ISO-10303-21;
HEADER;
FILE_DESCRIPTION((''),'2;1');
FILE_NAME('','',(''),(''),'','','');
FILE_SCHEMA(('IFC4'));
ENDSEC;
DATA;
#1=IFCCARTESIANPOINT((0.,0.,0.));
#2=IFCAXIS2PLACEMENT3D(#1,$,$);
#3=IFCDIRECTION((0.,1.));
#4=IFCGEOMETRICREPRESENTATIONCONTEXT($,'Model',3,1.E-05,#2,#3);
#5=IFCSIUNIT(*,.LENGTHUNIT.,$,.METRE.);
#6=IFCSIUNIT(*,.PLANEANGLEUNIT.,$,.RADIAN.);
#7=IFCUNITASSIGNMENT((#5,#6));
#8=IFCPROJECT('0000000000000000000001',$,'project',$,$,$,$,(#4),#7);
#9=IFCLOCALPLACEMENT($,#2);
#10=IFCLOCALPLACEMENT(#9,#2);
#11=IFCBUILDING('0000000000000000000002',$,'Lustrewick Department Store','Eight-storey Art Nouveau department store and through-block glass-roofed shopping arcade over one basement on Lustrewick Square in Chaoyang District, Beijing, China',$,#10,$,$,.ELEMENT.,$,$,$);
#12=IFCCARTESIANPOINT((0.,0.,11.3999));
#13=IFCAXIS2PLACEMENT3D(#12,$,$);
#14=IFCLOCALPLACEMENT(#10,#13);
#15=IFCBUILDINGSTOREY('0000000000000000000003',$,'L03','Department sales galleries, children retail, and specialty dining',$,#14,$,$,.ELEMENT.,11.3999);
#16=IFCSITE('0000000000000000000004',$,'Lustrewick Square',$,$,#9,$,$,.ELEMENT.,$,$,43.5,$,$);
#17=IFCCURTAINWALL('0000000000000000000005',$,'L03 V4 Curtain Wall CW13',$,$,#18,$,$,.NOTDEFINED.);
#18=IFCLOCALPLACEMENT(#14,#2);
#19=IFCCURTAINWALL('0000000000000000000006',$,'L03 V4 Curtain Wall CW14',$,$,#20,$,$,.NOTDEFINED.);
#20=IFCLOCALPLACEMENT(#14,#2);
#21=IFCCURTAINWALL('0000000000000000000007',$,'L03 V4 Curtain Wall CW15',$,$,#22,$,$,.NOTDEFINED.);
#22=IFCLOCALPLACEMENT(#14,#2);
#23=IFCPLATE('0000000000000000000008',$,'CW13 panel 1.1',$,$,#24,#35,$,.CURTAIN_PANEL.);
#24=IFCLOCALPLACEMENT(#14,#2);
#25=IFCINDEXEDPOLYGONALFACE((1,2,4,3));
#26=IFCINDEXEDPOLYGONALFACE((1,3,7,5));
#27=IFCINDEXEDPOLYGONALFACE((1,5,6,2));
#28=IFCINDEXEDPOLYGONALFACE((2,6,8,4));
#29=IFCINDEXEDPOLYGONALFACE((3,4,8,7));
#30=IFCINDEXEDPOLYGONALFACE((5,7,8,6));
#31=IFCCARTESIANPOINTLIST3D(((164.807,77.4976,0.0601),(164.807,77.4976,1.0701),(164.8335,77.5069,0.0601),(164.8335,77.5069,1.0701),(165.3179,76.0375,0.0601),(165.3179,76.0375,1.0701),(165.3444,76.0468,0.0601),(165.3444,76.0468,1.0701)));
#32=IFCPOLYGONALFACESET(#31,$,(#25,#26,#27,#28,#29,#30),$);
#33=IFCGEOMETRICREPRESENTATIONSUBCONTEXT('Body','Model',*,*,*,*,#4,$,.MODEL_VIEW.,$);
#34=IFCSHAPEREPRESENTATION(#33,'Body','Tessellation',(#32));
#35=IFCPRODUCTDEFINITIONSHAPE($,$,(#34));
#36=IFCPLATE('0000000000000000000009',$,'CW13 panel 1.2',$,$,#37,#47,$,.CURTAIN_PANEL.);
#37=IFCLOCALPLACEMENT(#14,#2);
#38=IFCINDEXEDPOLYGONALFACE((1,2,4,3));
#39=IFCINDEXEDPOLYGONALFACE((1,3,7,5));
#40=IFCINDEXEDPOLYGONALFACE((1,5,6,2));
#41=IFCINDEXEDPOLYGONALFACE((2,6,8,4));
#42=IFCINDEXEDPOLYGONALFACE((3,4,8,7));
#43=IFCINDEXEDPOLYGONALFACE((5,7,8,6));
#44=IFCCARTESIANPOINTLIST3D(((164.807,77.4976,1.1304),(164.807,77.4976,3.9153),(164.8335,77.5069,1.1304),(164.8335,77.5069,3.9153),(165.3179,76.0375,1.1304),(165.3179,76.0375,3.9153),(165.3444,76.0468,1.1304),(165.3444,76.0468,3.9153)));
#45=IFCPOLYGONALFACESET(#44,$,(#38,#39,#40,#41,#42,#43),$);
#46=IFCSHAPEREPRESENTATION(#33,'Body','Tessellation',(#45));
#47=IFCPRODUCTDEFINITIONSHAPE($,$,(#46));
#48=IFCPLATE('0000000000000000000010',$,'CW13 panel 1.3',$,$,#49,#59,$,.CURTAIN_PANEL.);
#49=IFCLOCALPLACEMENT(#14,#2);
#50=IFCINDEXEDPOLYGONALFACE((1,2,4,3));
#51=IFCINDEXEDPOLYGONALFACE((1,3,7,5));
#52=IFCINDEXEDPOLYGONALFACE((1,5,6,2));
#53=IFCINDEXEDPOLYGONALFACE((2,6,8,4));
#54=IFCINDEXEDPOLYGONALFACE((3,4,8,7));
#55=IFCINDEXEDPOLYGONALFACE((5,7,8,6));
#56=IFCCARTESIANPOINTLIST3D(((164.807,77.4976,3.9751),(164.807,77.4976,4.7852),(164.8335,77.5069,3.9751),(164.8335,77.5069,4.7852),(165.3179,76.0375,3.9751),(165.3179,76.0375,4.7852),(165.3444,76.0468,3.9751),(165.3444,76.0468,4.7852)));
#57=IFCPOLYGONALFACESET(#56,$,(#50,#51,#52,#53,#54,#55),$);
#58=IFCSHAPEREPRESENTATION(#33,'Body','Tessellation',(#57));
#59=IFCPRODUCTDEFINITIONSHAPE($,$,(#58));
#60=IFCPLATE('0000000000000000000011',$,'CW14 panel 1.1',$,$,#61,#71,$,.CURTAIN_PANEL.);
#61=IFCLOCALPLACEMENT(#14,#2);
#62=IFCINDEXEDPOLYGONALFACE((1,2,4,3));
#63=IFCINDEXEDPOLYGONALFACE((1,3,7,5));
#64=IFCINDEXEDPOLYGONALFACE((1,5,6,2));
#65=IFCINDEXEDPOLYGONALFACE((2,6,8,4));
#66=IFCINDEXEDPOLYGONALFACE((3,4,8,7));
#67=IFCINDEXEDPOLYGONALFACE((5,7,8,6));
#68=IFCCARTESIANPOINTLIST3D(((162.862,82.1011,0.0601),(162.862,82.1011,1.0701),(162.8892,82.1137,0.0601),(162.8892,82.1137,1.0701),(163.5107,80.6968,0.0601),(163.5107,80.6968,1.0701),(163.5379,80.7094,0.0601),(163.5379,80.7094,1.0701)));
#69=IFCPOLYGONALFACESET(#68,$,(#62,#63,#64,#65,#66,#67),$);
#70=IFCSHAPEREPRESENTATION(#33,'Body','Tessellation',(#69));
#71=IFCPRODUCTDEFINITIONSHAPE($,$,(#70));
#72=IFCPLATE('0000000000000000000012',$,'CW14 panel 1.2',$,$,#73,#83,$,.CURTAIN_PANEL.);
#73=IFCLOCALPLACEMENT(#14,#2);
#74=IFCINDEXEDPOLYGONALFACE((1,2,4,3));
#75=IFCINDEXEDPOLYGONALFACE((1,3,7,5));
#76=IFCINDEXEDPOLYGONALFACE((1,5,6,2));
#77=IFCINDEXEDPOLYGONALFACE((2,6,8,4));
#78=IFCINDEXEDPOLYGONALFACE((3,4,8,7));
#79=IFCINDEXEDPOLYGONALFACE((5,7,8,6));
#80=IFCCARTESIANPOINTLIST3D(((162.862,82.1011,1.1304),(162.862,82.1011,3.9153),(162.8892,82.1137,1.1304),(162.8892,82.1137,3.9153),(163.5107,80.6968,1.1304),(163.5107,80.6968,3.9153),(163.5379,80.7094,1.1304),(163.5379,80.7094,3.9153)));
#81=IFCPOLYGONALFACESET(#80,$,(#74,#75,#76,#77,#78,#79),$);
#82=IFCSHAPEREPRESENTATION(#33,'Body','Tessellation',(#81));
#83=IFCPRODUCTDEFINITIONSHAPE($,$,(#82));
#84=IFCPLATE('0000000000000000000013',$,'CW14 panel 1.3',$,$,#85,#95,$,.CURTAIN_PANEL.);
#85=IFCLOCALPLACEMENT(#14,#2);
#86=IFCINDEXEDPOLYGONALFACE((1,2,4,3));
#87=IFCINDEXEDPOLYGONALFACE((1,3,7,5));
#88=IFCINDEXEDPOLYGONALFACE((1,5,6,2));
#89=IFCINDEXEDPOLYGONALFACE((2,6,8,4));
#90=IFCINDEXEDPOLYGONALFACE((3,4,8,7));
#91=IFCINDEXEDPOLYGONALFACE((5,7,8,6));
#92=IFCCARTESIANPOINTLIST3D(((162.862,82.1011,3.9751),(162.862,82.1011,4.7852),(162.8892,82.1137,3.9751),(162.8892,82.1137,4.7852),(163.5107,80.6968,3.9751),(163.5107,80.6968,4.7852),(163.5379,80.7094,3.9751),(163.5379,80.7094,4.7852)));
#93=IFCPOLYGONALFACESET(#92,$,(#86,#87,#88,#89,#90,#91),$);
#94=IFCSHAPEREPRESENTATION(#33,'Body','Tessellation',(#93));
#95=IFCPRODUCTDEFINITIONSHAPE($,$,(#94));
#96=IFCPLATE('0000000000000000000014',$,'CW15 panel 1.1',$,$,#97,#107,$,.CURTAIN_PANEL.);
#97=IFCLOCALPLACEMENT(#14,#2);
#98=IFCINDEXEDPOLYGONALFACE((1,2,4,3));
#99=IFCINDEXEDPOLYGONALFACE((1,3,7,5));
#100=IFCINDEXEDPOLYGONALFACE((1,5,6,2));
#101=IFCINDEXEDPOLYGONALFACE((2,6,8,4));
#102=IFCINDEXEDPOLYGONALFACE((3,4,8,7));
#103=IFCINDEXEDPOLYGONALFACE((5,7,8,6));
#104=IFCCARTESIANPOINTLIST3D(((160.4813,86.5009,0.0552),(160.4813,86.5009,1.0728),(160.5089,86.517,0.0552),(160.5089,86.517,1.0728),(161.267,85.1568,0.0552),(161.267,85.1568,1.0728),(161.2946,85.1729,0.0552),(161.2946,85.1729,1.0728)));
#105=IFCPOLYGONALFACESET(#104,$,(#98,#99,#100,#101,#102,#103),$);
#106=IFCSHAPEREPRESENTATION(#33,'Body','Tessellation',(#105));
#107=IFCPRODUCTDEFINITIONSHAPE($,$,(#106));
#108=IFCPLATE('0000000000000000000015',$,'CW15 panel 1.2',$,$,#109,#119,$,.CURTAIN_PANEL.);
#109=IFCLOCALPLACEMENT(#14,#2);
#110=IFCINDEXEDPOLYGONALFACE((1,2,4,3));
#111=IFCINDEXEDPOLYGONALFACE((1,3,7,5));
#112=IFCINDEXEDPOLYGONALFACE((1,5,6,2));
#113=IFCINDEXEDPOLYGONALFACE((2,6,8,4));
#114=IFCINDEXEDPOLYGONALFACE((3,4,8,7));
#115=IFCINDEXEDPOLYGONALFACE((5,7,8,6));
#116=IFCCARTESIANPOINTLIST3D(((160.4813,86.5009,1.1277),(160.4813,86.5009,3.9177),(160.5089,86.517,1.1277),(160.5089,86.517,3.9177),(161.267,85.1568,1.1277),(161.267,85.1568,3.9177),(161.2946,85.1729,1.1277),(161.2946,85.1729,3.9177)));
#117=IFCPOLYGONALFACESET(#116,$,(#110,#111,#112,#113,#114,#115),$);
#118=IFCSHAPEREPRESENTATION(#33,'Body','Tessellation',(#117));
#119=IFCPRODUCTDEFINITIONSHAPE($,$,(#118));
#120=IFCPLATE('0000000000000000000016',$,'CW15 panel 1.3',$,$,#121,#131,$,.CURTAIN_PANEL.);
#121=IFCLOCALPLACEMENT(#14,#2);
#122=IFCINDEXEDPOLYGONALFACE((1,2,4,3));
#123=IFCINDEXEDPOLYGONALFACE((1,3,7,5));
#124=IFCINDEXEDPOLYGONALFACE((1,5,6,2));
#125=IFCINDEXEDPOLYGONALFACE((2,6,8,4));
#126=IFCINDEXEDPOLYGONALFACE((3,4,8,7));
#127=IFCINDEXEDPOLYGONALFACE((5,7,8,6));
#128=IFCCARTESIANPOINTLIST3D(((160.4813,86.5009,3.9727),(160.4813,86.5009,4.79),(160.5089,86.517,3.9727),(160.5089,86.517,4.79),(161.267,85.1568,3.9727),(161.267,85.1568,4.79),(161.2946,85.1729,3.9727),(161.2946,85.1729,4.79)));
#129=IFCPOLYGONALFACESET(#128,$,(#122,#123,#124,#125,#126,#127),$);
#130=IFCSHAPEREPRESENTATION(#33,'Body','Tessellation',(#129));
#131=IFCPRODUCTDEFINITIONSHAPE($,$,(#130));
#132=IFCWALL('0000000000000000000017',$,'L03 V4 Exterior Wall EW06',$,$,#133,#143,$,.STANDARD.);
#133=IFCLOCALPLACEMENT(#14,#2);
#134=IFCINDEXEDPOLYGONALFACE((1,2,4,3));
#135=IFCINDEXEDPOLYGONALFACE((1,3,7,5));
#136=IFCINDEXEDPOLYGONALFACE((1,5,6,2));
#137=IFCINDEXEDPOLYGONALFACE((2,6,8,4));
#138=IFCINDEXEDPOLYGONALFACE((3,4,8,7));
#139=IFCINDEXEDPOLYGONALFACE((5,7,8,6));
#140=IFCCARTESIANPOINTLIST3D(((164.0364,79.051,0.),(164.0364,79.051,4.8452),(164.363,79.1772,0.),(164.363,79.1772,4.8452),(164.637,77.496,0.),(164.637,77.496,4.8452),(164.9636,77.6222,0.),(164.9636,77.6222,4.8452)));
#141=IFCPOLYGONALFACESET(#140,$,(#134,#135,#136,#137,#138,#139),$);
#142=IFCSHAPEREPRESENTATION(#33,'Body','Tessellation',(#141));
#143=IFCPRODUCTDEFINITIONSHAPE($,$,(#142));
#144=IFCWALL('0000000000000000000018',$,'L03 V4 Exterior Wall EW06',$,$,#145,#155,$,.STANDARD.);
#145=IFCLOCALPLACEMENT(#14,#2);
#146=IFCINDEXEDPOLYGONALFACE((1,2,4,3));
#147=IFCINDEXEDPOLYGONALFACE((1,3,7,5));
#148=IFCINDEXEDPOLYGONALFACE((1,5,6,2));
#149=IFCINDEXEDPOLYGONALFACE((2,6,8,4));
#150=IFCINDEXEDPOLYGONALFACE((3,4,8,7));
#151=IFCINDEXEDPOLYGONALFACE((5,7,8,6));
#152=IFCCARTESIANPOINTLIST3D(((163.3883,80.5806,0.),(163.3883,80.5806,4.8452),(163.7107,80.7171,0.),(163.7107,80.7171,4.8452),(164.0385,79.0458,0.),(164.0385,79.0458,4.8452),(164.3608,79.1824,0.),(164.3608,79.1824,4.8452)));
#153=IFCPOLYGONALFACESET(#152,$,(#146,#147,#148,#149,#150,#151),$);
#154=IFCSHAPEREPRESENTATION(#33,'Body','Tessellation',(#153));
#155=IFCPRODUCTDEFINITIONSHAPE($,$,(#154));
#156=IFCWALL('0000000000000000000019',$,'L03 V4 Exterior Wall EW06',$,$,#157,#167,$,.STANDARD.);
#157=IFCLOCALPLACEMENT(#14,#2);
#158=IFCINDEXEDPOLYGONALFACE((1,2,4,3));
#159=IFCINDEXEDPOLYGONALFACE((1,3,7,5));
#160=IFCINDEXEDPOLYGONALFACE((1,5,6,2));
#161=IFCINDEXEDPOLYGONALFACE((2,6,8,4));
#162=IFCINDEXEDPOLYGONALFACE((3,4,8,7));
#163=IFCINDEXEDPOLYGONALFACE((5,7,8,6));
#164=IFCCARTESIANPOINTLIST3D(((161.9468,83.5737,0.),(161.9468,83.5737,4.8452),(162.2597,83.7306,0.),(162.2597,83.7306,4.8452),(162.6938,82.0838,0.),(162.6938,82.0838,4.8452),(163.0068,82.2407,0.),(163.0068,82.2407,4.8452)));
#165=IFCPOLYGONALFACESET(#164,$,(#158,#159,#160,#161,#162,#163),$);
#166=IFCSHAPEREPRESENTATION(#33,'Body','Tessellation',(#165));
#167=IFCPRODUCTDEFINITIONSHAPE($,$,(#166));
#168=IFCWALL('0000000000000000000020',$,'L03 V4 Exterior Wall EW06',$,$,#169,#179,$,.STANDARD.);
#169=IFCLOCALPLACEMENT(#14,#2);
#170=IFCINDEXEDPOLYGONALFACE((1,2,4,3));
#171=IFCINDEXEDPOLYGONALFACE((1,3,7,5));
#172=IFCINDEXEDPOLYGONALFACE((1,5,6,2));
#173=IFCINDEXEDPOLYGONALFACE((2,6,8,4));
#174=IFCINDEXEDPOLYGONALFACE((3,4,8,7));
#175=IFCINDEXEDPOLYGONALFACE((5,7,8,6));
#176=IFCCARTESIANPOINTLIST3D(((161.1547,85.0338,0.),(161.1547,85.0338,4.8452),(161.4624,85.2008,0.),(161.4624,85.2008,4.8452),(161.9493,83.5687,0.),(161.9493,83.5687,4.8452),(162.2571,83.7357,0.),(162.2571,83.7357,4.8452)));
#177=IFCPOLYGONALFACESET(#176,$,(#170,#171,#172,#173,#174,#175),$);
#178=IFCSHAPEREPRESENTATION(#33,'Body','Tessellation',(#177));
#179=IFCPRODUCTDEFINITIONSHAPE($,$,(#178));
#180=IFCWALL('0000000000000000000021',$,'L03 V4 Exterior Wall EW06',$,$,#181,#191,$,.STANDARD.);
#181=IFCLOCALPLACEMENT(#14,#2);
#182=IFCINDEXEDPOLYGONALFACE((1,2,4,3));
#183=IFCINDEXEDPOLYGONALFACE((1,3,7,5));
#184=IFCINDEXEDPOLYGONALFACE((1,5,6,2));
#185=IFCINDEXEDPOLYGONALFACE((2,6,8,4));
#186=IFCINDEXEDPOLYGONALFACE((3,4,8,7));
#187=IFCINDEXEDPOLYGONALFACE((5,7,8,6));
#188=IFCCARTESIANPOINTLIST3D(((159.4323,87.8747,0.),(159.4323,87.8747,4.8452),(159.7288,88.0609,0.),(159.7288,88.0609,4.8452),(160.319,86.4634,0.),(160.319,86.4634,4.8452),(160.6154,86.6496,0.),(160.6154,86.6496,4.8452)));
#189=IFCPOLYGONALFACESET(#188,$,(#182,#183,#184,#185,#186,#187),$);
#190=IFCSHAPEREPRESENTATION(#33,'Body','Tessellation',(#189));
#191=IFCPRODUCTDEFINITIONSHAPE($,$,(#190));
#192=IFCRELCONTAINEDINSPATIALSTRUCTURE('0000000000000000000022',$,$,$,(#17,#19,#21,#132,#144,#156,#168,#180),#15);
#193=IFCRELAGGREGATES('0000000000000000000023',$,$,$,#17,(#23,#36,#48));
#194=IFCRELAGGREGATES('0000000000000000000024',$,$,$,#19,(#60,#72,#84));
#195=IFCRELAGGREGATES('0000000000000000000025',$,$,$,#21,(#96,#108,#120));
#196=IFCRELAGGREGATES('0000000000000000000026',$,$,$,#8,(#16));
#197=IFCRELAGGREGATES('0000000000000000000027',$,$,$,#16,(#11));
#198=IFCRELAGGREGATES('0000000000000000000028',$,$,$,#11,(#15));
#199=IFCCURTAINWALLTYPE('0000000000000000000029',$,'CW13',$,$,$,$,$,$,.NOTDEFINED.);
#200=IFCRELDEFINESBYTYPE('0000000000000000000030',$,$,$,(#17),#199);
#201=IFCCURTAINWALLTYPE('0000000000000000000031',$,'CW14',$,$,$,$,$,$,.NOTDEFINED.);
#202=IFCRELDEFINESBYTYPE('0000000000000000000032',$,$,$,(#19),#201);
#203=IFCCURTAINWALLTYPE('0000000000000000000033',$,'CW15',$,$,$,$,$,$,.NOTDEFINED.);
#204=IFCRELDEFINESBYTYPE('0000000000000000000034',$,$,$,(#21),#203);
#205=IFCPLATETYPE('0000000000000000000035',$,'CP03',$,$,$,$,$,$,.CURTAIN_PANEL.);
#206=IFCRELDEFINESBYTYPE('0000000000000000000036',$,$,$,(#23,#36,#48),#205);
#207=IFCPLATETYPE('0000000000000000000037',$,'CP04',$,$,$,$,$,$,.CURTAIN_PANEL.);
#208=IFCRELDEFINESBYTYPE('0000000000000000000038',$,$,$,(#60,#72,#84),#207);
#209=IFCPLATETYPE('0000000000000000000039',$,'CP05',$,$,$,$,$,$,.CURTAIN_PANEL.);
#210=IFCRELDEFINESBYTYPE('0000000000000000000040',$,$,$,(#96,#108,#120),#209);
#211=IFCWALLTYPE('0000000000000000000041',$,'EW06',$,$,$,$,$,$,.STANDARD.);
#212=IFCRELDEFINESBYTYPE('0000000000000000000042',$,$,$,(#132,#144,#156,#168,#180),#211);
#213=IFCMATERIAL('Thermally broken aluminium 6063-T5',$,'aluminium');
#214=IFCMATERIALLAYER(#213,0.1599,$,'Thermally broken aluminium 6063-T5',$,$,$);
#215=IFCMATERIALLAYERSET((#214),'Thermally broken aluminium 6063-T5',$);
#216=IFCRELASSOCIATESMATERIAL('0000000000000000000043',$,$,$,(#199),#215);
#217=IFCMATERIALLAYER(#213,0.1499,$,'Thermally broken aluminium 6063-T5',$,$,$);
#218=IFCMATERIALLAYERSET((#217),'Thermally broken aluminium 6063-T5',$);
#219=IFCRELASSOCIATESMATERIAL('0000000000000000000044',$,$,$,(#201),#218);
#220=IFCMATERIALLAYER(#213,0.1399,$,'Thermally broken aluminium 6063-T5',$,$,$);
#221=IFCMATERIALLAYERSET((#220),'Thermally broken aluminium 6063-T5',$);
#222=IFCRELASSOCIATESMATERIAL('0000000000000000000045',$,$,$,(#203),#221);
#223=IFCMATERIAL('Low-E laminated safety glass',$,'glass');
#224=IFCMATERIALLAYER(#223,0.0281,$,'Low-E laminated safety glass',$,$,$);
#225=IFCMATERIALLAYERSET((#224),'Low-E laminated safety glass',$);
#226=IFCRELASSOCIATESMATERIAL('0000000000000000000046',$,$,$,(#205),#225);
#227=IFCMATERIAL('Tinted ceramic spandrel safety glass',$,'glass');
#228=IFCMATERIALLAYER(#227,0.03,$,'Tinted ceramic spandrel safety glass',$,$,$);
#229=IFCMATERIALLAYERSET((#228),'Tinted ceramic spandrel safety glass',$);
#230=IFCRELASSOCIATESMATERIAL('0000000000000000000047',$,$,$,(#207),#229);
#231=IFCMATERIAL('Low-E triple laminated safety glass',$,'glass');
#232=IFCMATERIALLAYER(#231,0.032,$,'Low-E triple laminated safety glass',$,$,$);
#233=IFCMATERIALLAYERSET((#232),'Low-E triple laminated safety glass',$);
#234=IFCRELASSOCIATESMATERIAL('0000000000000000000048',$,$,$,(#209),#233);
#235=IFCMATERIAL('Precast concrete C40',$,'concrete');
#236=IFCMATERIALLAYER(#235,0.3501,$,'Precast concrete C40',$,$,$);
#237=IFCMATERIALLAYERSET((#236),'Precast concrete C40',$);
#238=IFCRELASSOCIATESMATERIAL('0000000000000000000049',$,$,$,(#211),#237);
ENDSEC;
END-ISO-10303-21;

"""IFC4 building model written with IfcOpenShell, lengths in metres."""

from ifc_helpers import new_model, si_unit, direction, frame, frame_2d, origin, origin_2d, place, context, subcontext, project, spatial, rectangle, extrude, material, layer, layer_set, type_object, element, aggregate, save


model = new_model("IFC4")

# Units and contexts
model_context = context("Model", 3, precision=1e-05, world=origin(), true_north=direction((0.0, 1.0)))
body_context = subcontext(model_context, "Body", "Model", "MODEL_VIEW")
ifc_project = project(units=[si_unit("LENGTHUNIT", "METRE"), si_unit("PLANEANGLEUNIT", "RADIAN")], contexts=[model_context])

# Site, building, storey
site_placement = place(None, origin())
site = spatial("IfcSite", under=ifc_project, at=site_placement, Name="Lustrewick Square", CompositionType="ELEMENT", RefElevation=43.5)
building_placement = place(site_placement, origin())
building = spatial("IfcBuilding", under=site, at=building_placement, Name="Lustrewick Department Store", Description="Eight-storey Art Nouveau department store and through-block glass-roofed shopping arcade over one basement on Lustrewick Square in Chaoyang District, Beijing, China", CompositionType="ELEMENT")
storey_placement = place(building_placement, frame((0.0, 0.0, 11.3999)))
storey = spatial("IfcBuildingStorey", under=building, at=storey_placement, Name="L03", Description="Department sales galleries, children retail, and specialty dining", CompositionType="ELEMENT", Elevation=11.3999)

# Curtain walls
ifc_material_1 = material(Name="Thermally broken aluminium 6063-T5", Category="aluminium")
ifc_layer_1 = layer(ifc_material_1, 0.1599, Name="Thermally broken aluminium 6063-T5")
ifc_layer_set_1 = layer_set([ifc_layer_1], Name="Thermally broken aluminium 6063-T5")
curtain_wall_type_1 = type_object("IfcCurtainWallType", Name="CW13", PredefinedType="NOTDEFINED", material=ifc_layer_set_1)
curtain_wall_1_placement = place(storey_placement, origin())
curtain_wall_1 = element("IfcCurtainWall", 1, at=curtain_wall_1_placement, inside=storey, type_object=curtain_wall_type_1, Name="L03 V4 Curtain Wall CW13", PredefinedType="NOTDEFINED")
ifc_layer_2 = layer(ifc_material_1, 0.1499, Name="Thermally broken aluminium 6063-T5")
ifc_layer_set_2 = layer_set([ifc_layer_2], Name="Thermally broken aluminium 6063-T5")
curtain_wall_type_2 = type_object("IfcCurtainWallType", Name="CW14", PredefinedType="NOTDEFINED", material=ifc_layer_set_2)
curtain_wall_2_placement = place(storey_placement, origin())
curtain_wall_2 = element("IfcCurtainWall", 2, at=curtain_wall_2_placement, inside=storey, type_object=curtain_wall_type_2, Name="L03 V4 Curtain Wall CW14", PredefinedType="NOTDEFINED")
ifc_layer_3 = layer(ifc_material_1, 0.1399, Name="Thermally broken aluminium 6063-T5")
ifc_layer_set_3 = layer_set([ifc_layer_3], Name="Thermally broken aluminium 6063-T5")
curtain_wall_type_3 = type_object("IfcCurtainWallType", Name="CW15", PredefinedType="NOTDEFINED", material=ifc_layer_set_3)
curtain_wall_3_placement = place(storey_placement, origin())
curtain_wall_3 = element("IfcCurtainWall", 3, at=curtain_wall_3_placement, inside=storey, type_object=curtain_wall_type_3, Name="L03 V4 Curtain Wall CW15", PredefinedType="NOTDEFINED")

# Plates
ifc_material_2 = material(Name="Low-E laminated safety glass", Category="glass")
ifc_layer_4 = layer(ifc_material_2, 0.0281, Name="Low-E laminated safety glass")
ifc_layer_set_4 = layer_set([ifc_layer_4], Name="Low-E laminated safety glass")
plate_type_1 = type_object("IfcPlateType", Name="CP03", PredefinedType="CURTAIN_PANEL", material=ifc_layer_set_4)
plate_1_placement = place(storey_placement, frame((165.0757, 76.7722, 0.0601), z_axis=(0.0, 0.0, 1.0), x_axis=(-0.330249, 0.943894, 0.0)))
plate_1 = element("IfcPlate", 4, at=plate_1_placement, type_object=plate_type_1, Name="CW13 panel 1.1", PredefinedType="CURTAIN_PANEL", context=body_context, shape_type="SweptSolid", body=[
    extrude(rectangle(XDim=1.5469, YDim=0.0281, at=origin_2d()), origin(), (0.0, 0.0, 1.0), 1.01),
])
plate_2_placement = place(storey_placement, frame((165.0757, 76.7722, 1.1304), z_axis=(0.0, 0.0, 1.0), x_axis=(-0.330249, 0.943894, 0.0)))
plate_2 = element("IfcPlate", 5, at=plate_2_placement, type_object=plate_type_1, Name="CW13 panel 1.2", PredefinedType="CURTAIN_PANEL", context=body_context, shape_type="SweptSolid", body=[
    extrude(rectangle(XDim=1.5469, YDim=0.0281, at=origin_2d()), origin(), (0.0, 0.0, 1.0), 2.7849),
])
plate_3_placement = place(storey_placement, frame((165.0757, 76.7722, 3.9751), z_axis=(0.0, 0.0, 1.0), x_axis=(-0.330249, 0.943894, 0.0)))
plate_3 = element("IfcPlate", 6, at=plate_3_placement, type_object=plate_type_1, Name="CW13 panel 1.3", PredefinedType="CURTAIN_PANEL", context=body_context, shape_type="SweptSolid", body=[
    extrude(rectangle(XDim=1.5469, YDim=0.0281, at=origin_2d()), origin(), (0.0, 0.0, 1.0), 0.8101),
])
aggregate(curtain_wall_1, [plate_1, plate_2, plate_3])
ifc_material_3 = material(Name="Tinted ceramic spandrel safety glass", Category="glass")
ifc_layer_5 = layer(ifc_material_3, 0.03, Name="Tinted ceramic spandrel safety glass")
ifc_layer_set_5 = layer_set([ifc_layer_5], Name="Tinted ceramic spandrel safety glass")
plate_type_2 = type_object("IfcPlateType", Name="CP04", PredefinedType="CURTAIN_PANEL", material=ifc_layer_set_5)
plate_4_placement = place(storey_placement, frame((163.2, 81.4053, 0.0601), z_axis=(0.0, 0.0, 1.0), x_axis=(-0.419382, 0.90781, 0.0)))
plate_4 = element("IfcPlate", 7, at=plate_4_placement, type_object=plate_type_2, Name="CW14 panel 1.1", PredefinedType="CURTAIN_PANEL", context=body_context, shape_type="SweptSolid", body=[
    extrude(rectangle(XDim=1.5469, YDim=0.03, at=origin_2d()), origin(), (0.0, 0.0, 1.0), 1.01),
])
plate_5_placement = place(storey_placement, frame((163.2, 81.4053, 1.1304), z_axis=(0.0, 0.0, 1.0), x_axis=(-0.419382, 0.90781, 0.0)))
plate_5 = element("IfcPlate", 8, at=plate_5_placement, type_object=plate_type_2, Name="CW14 panel 1.2", PredefinedType="CURTAIN_PANEL", context=body_context, shape_type="SweptSolid", body=[
    extrude(rectangle(XDim=1.5469, YDim=0.03, at=origin_2d()), origin(), (0.0, 0.0, 1.0), 2.7849),
])
plate_6_placement = place(storey_placement, frame((163.2, 81.4053, 3.9751), z_axis=(0.0, 0.0, 1.0), x_axis=(-0.419382, 0.90781, 0.0)))
plate_6 = element("IfcPlate", 9, at=plate_6_placement, type_object=plate_type_2, Name="CW14 panel 1.3", PredefinedType="CURTAIN_PANEL", context=body_context, shape_type="SweptSolid", body=[
    extrude(rectangle(XDim=1.5469, YDim=0.03, at=origin_2d()), origin(), (0.0, 0.0, 1.0), 0.8101),
])
aggregate(curtain_wall_2, [plate_4, plate_5, plate_6])
ifc_material_4 = material(Name="Low-E triple laminated safety glass", Category="glass")
ifc_layer_6 = layer(ifc_material_4, 0.032, Name="Low-E triple laminated safety glass")
ifc_layer_set_6 = layer_set([ifc_layer_6], Name="Low-E triple laminated safety glass")
plate_type_3 = type_object("IfcPlateType", Name="CP05", PredefinedType="CURTAIN_PANEL", material=ifc_layer_set_6)
plate_7_placement = place(storey_placement, frame((160.8879, 85.8369, 0.0552), z_axis=(0.0, 0.0, 1.0), x_axis=(-0.504643, 0.863328, 0.0)))
plate_7 = element("IfcPlate", 10, at=plate_7_placement, type_object=plate_type_3, Name="CW15 panel 1.1", PredefinedType="CURTAIN_PANEL", context=body_context, shape_type="SweptSolid", body=[
    extrude(rectangle(XDim=1.5569, YDim=0.032, at=origin_2d()), origin(), (0.0, 0.0, 1.0), 1.0176),
])
plate_8_placement = place(storey_placement, frame((160.8879, 85.8369, 1.1277), z_axis=(0.0, 0.0, 1.0), x_axis=(-0.504643, 0.863328, 0.0)))
plate_8 = element("IfcPlate", 11, at=plate_8_placement, type_object=plate_type_3, Name="CW15 panel 1.2", PredefinedType="CURTAIN_PANEL", context=body_context, shape_type="SweptSolid", body=[
    extrude(rectangle(XDim=1.5569, YDim=0.032, at=origin_2d()), origin(), (0.0, 0.0, 1.0), 2.79),
])
plate_9_placement = place(storey_placement, frame((160.8879, 85.8369, 3.9727), z_axis=(0.0, 0.0, 1.0), x_axis=(-0.504643, 0.863328, 0.0)))
plate_9 = element("IfcPlate", 12, at=plate_9_placement, type_object=plate_type_3, Name="CW15 panel 1.3", PredefinedType="CURTAIN_PANEL", context=body_context, shape_type="SweptSolid", body=[
    extrude(rectangle(XDim=1.5569, YDim=0.032, at=origin_2d()), origin(), (0.0, 0.0, 1.0), 0.8174),
])
aggregate(curtain_wall_3, [plate_7, plate_8, plate_9])

# Walls
ifc_material_5 = material(Name="Precast concrete C40", Category="concrete")
ifc_layer_7 = layer(ifc_material_5, 0.3501, Name="Precast concrete C40")
ifc_layer_set_7 = layer_set([ifc_layer_7], Name="Precast concrete C40")
wall_type = type_object("IfcWallType", Name="EW06", PredefinedType="STANDARD", material=ifc_layer_set_7)
wall_placement = place(storey_placement, frame((164.8003, 77.5591, 0.0), z_axis=(0.0, 0.0, 1.0), x_axis=(-0.360304, 0.932835, 0.0)))
element("IfcWall", 13, at=wall_placement, inside=storey, type_object=wall_type, Name="L03 V4 Exterior Wall EW06", PredefinedType="STANDARD", context=body_context, shape_type="SweptSolid", body=[
    extrude(rectangle(XDim=1.667, YDim=0.3501, at=frame_2d((0.8335, 0.0))), origin(), (0.0, 0.0, 1.0), 4.8452),
])
for number, where, z_axis, x_axis, name in (
    (14, (164.1997, 79.114, 0.0), (0.0, 0.0, 1.0), (-0.39008, 0.920781, 0.0), "L03 V4 Exterior Wall EW06"),
    (15, (162.8503, 82.1621, 0.0), (0.0, 0.0, 1.0), (-0.448209, 0.893929, 0.0), "L03 V4 Exterior Wall EW06"),
    (16, (162.1033, 83.6521, 0.0), (0.0, 0.0, 1.0), (-0.476788, 0.879018, 0.0), "L03 V4 Exterior Wall EW06"),
    (17, (160.4673, 86.5564, 0.0), (0.0, 0.0, 1.0), (-0.531986, 0.846753, 0.0), "L03 V4 Exterior Wall EW06"),
):
    element("IfcWall", number, at=place(storey_placement, frame(where, z_axis=z_axis, x_axis=x_axis)), inside=storey, type_object=wall_type, Name=name, PredefinedType="STANDARD", context=body_context, shape_type="SweptSolid", body=[
        extrude(rectangle(XDim=1.6667, YDim=0.3501, at=frame_2d((0.8335, 0.0))), origin(), (0.0, 0.0, 1.0), 4.8452),
    ])

save(model, "model.ifc")
